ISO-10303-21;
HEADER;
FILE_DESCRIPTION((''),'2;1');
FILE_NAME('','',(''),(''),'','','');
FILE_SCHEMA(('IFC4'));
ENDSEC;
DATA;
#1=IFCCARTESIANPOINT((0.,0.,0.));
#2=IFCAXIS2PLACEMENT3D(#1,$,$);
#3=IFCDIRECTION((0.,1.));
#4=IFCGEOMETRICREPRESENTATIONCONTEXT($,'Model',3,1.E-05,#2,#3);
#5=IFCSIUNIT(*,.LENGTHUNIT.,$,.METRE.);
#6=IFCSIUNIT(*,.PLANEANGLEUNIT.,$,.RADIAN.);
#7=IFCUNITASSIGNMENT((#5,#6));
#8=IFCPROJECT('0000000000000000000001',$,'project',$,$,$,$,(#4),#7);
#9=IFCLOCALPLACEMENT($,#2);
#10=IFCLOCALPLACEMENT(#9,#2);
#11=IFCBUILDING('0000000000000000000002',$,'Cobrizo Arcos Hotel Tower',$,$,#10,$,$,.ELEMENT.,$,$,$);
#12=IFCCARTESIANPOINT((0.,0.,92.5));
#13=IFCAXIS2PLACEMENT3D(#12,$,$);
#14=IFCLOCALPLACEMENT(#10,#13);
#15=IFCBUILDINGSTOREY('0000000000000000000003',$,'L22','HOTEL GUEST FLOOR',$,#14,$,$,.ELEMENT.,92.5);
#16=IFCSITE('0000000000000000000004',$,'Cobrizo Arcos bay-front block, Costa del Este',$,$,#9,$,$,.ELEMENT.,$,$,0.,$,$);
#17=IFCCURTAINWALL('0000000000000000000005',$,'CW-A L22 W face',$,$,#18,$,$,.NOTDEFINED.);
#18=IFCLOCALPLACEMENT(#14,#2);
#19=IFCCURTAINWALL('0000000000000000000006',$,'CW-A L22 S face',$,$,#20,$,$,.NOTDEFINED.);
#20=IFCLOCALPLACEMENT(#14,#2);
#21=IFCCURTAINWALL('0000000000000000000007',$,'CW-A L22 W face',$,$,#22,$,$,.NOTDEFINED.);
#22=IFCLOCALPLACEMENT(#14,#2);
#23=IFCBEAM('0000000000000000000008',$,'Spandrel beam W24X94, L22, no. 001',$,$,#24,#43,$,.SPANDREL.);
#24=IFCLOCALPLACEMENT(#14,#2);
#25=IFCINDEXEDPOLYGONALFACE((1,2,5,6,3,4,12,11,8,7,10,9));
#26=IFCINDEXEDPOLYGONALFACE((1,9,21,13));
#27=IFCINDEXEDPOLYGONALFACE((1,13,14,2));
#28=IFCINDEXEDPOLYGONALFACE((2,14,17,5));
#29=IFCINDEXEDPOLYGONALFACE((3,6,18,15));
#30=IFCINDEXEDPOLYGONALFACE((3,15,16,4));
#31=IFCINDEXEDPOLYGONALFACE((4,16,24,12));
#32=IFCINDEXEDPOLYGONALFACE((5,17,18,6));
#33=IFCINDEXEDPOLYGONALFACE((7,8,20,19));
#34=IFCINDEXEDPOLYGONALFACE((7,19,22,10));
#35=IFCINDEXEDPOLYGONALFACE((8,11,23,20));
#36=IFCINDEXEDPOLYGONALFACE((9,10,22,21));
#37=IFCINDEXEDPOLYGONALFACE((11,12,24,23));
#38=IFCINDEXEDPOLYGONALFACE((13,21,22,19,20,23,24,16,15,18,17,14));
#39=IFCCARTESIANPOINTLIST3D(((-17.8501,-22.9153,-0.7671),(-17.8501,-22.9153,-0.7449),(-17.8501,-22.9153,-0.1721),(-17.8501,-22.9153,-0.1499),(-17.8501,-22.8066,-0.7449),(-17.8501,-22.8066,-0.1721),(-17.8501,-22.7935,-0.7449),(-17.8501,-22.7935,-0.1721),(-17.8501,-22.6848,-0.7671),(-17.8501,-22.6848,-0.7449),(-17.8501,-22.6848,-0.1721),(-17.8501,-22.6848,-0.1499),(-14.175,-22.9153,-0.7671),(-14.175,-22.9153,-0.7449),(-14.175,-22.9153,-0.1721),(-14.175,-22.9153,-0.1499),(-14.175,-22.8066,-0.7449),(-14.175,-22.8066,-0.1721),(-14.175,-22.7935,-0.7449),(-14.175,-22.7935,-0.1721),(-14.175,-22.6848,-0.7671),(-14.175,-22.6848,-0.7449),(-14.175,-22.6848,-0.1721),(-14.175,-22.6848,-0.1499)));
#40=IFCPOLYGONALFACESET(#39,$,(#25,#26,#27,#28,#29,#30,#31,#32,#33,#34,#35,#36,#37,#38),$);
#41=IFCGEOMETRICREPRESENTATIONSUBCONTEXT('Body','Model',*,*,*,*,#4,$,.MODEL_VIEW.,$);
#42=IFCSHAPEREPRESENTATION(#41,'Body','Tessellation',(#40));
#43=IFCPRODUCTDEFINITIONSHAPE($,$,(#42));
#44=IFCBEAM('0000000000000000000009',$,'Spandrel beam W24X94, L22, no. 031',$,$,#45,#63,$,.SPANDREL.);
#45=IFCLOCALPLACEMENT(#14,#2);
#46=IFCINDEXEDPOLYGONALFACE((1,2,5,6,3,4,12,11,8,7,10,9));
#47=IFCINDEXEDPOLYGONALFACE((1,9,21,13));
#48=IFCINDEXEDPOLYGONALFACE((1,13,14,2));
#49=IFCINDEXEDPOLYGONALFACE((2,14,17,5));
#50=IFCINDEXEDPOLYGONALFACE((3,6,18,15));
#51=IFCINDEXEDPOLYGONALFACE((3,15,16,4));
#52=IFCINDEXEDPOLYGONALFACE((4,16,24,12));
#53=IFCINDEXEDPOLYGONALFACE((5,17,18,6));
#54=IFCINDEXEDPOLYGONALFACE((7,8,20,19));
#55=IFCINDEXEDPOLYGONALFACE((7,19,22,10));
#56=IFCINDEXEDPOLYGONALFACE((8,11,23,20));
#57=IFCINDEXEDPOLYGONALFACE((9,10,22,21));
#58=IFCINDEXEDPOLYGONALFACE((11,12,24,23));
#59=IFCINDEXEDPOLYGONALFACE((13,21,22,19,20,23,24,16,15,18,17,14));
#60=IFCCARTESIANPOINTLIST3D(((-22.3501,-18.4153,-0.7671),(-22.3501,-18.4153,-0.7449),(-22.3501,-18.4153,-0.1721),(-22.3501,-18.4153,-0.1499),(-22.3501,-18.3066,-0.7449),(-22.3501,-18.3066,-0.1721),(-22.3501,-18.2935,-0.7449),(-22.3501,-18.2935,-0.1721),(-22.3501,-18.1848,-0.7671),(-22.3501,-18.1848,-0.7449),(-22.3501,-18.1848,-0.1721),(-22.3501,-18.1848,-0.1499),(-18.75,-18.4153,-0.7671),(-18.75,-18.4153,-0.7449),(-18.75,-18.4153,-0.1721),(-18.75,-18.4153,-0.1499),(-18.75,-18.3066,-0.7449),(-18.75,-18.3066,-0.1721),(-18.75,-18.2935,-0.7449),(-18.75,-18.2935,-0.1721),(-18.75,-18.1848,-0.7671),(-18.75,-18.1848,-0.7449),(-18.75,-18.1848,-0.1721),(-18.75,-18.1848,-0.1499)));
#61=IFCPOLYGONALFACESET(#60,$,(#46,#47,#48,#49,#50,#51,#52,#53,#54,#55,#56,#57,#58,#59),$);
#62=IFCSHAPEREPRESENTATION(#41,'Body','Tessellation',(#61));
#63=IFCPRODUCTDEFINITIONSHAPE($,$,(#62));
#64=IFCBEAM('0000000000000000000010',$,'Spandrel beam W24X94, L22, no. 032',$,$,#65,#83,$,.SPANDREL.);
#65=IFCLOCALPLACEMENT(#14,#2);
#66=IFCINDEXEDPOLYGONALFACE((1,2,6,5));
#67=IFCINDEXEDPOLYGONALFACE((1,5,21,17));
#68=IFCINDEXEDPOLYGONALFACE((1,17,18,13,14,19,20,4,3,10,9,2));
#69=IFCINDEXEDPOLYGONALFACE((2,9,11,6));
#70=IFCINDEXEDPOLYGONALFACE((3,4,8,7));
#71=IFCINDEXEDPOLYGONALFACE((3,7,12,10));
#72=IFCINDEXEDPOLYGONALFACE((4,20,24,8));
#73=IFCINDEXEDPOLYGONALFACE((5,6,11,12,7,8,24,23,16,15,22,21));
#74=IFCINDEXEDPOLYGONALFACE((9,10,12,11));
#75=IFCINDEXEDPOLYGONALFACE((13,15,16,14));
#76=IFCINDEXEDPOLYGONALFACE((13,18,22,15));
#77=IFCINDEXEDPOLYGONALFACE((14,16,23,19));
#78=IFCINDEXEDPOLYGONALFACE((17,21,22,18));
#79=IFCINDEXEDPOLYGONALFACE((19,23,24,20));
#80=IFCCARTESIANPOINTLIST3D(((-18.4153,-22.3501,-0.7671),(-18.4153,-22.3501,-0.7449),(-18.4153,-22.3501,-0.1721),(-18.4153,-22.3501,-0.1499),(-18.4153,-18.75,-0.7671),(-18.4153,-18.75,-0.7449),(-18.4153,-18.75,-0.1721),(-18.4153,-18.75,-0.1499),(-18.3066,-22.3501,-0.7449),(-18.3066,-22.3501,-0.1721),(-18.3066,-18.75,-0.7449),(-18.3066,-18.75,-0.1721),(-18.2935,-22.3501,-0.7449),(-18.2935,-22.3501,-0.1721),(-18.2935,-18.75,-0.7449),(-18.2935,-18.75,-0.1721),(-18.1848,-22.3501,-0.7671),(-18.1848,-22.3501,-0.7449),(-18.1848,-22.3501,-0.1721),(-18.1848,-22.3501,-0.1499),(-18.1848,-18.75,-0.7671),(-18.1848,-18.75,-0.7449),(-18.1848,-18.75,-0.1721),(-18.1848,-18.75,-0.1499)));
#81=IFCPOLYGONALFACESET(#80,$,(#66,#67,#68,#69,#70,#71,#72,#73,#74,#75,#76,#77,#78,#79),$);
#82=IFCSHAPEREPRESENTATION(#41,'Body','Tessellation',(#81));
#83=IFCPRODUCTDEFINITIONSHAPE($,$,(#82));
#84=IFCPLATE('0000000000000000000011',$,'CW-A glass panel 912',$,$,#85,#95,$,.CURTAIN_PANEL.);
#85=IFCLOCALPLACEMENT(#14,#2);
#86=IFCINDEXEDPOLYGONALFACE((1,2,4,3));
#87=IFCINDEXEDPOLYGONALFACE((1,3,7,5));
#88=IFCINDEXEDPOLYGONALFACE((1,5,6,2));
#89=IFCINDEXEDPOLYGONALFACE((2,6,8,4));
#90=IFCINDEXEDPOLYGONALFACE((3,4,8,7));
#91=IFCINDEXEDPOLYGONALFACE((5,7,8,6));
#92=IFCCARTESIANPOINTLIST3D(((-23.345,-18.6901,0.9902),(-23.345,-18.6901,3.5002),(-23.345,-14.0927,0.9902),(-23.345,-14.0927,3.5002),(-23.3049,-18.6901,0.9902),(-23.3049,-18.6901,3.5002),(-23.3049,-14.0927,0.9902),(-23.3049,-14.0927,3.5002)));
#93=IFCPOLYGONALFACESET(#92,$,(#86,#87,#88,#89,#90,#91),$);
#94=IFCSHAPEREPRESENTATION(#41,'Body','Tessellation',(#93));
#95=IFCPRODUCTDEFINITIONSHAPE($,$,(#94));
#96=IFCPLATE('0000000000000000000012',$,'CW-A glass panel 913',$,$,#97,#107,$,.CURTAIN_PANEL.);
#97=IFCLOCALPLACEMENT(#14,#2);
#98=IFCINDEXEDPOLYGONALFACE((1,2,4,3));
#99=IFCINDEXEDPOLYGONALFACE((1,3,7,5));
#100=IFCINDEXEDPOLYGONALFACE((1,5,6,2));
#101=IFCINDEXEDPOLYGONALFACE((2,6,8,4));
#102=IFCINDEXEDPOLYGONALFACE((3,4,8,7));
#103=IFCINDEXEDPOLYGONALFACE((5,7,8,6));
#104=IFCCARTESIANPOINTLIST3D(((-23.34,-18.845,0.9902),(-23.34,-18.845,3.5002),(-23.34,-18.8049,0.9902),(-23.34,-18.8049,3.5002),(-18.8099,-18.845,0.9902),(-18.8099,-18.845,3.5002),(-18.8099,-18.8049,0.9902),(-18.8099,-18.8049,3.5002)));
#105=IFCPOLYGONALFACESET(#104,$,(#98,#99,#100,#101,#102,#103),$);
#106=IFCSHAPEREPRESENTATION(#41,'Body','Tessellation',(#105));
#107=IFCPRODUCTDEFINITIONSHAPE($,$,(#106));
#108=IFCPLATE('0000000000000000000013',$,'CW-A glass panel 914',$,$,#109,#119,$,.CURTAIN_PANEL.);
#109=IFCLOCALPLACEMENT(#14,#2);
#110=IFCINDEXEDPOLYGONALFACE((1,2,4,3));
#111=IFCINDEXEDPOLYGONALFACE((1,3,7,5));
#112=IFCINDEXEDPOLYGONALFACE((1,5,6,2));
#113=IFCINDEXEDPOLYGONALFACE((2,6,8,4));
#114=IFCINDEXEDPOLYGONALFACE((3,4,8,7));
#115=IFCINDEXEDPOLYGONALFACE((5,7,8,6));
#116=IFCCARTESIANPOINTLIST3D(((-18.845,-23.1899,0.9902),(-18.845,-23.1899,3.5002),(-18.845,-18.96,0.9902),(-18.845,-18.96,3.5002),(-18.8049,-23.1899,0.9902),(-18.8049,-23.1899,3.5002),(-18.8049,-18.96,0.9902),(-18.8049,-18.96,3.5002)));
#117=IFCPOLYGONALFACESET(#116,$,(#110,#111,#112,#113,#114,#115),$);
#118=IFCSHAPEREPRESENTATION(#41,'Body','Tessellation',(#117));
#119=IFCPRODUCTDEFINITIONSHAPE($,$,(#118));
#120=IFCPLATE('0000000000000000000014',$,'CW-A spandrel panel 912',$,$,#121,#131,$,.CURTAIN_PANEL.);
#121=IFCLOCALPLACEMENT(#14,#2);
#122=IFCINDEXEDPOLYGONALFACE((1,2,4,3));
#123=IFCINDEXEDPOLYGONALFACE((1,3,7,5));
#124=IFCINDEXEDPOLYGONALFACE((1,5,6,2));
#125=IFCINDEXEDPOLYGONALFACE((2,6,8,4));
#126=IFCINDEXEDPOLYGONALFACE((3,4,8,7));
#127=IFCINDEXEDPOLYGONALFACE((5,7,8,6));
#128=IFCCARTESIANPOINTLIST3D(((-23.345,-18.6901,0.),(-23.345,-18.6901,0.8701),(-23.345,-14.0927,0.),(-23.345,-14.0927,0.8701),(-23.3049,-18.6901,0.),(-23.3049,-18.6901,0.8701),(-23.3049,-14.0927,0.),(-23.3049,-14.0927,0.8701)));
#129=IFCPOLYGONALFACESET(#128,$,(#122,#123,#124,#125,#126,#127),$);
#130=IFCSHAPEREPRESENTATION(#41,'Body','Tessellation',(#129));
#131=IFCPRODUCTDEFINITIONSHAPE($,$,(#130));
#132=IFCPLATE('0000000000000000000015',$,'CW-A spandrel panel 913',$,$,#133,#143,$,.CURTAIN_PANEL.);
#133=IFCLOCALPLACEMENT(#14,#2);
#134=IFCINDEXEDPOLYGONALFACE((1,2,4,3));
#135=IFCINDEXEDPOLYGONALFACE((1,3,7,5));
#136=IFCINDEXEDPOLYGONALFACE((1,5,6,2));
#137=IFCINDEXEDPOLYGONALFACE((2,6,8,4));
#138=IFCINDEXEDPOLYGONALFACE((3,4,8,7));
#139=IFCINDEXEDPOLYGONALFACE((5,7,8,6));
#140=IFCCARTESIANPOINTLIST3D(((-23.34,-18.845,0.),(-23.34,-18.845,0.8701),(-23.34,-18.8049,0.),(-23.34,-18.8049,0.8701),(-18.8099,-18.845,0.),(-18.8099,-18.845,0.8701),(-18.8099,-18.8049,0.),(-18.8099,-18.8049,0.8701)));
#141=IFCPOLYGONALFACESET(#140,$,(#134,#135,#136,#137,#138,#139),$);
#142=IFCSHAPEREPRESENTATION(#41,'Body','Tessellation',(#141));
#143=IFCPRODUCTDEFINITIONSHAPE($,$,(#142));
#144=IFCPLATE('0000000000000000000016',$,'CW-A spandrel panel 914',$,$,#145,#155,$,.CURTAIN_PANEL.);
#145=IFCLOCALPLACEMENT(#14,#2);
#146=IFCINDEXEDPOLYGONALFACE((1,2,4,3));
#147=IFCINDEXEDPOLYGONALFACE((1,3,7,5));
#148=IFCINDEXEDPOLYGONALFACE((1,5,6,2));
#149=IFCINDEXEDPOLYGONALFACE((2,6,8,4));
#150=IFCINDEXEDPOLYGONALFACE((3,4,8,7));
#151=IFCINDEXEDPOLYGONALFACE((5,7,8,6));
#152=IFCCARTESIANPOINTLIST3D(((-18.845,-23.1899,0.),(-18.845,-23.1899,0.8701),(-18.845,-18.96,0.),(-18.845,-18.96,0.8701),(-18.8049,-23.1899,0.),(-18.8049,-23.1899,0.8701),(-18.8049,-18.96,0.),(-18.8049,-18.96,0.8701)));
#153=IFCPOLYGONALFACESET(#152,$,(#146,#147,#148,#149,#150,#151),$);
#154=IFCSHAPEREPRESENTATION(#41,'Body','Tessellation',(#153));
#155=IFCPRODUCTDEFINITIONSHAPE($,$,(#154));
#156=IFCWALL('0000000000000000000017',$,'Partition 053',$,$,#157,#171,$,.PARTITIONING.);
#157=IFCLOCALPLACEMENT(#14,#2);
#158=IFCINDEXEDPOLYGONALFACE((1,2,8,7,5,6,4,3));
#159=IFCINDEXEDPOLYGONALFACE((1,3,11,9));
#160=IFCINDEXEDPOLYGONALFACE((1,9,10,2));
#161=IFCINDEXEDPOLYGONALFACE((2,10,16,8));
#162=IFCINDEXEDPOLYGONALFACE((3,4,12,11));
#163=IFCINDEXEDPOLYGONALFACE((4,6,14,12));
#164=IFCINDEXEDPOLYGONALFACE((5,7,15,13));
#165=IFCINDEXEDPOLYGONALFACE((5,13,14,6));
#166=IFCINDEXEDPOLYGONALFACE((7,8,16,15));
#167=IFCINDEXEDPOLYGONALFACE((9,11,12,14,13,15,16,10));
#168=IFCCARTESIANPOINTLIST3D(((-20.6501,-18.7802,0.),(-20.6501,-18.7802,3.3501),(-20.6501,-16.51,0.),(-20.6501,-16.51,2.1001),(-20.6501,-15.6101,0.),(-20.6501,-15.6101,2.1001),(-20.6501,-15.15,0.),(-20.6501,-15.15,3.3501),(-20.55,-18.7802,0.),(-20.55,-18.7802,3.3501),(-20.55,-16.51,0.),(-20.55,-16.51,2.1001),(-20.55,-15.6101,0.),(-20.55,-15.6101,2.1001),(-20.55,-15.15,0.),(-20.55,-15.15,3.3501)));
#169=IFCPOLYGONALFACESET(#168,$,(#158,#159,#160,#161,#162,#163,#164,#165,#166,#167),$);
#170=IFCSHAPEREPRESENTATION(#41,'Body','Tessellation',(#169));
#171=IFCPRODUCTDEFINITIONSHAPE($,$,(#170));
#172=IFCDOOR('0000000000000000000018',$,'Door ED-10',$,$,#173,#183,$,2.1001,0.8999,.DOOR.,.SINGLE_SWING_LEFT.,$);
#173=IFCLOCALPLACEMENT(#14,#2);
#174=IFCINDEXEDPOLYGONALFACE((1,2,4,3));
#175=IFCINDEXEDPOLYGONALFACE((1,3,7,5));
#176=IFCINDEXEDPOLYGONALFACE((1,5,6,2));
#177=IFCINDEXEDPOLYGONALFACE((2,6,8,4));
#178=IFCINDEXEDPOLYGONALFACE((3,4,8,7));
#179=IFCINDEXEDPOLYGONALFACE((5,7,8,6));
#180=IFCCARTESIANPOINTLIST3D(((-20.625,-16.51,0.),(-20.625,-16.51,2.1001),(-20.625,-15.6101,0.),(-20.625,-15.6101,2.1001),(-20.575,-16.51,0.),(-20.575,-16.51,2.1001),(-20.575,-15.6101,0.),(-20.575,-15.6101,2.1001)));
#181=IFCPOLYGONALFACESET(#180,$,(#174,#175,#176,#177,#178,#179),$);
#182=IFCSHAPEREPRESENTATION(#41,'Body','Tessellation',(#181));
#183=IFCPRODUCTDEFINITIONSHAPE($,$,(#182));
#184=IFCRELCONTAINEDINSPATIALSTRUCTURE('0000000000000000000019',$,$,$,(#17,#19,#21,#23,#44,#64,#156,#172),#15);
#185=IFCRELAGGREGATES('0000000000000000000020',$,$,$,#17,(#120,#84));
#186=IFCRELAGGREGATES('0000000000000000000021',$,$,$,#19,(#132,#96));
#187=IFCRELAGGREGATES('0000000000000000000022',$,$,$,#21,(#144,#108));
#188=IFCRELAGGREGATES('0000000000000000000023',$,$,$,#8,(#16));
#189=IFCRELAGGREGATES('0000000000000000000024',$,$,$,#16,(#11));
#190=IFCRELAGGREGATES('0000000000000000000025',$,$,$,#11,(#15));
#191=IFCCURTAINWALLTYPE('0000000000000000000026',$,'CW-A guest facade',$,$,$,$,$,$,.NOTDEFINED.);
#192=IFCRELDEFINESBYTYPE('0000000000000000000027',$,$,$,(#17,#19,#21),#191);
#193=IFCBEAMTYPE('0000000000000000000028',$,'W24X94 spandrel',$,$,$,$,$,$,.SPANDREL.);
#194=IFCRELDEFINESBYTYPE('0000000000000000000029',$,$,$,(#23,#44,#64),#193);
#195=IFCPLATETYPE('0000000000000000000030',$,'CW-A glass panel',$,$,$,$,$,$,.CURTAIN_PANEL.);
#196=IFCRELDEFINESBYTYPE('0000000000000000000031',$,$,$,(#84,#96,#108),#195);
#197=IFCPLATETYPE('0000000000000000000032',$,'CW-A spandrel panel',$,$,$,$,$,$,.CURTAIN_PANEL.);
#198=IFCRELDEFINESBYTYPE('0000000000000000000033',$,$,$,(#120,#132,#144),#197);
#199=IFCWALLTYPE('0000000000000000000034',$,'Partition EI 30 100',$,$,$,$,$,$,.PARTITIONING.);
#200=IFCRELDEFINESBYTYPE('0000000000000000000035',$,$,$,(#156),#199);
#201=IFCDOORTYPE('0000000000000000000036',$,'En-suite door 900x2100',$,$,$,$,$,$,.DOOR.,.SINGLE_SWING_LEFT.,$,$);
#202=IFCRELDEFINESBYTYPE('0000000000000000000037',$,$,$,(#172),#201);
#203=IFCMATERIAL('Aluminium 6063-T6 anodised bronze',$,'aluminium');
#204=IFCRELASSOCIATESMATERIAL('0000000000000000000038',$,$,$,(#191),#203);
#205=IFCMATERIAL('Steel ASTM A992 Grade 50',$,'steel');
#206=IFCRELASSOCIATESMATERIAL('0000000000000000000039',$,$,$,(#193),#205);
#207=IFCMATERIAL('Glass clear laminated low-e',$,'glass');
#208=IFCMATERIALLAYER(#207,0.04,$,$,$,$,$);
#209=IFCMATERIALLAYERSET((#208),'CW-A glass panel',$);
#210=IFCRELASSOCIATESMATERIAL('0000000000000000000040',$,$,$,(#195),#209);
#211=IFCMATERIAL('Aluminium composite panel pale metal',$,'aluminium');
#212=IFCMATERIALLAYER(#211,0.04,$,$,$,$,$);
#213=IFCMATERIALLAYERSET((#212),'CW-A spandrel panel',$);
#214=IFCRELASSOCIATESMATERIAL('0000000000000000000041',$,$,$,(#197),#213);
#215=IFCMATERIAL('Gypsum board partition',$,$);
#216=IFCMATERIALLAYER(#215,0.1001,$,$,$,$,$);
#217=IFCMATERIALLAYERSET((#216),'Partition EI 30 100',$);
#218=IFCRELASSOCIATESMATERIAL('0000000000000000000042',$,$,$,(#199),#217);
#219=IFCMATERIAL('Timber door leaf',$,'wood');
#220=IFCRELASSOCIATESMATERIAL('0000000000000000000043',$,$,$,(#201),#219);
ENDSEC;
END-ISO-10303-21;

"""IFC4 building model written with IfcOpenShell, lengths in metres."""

from ifc_helpers import new_model, si_unit, direction, frame, frame_2d, origin, origin_2d, place, context, subcontext, project, spatial, rectangle, i_section, extrude, material, layer, layer_set, material_profile, profile_set, type_object, element, fill, aggregate, save


model = new_model("IFC4")

# Units and contexts
model_context = context("Model", 3, precision=1e-05, world=origin(), true_north=direction((0.0, 1.0)))
body_context = subcontext(model_context, "Body", "Model", "MODEL_VIEW")
ifc_project = project(units=[si_unit("LENGTHUNIT", "METRE"), si_unit("PLANEANGLEUNIT", "RADIAN")], contexts=[model_context])

# Site, building, storey
site_placement = place(None, origin())
site = spatial("IfcSite", under=ifc_project, at=site_placement, Name="Cobrizo Arcos bay-front block, Costa del Este", CompositionType="ELEMENT", RefElevation=0.0)
building_placement = place(site_placement, origin())
building = spatial("IfcBuilding", under=site, at=building_placement, Name="Cobrizo Arcos Hotel Tower", CompositionType="ELEMENT")
storey_placement = place(building_placement, frame((0.0, 0.0, 92.5)))
storey = spatial("IfcBuildingStorey", under=building, at=storey_placement, Name="L22", Description="HOTEL GUEST FLOOR", CompositionType="ELEMENT", Elevation=92.5)

# Curtain wall
ifc_material_1 = material(Name="Aluminium 6063-T6 anodised bronze", Category="aluminium")
curtain_wall_type = type_object("IfcCurtainWallType", Name="CW-A guest facade", PredefinedType="NOTDEFINED", material=ifc_material_1)
curtain_wall_1_placement = place(storey_placement, origin())
curtain_wall_1 = element("IfcCurtainWall", 1, at=curtain_wall_1_placement, inside=storey, type_object=curtain_wall_type, Name="CW-A L22 W face", PredefinedType="NOTDEFINED")

# Curtain walls
curtain_wall_2_placement = place(storey_placement, origin())
curtain_wall_2 = element("IfcCurtainWall", 2, at=curtain_wall_2_placement, inside=storey, type_object=curtain_wall_type, Name="CW-A L22 S face", PredefinedType="NOTDEFINED")
curtain_wall_3_placement = place(storey_placement, origin())
curtain_wall_3 = element("IfcCurtainWall", 3, at=curtain_wall_3_placement, inside=storey, type_object=curtain_wall_type, Name="CW-A L22 W face", PredefinedType="NOTDEFINED")

# Beams
ifc_material_2 = material(Name="Steel ASTM A992 Grade 50", Category="steel")
ifc_material_profile_1 = material_profile(ifc_material_2, i_section(OverallWidth=0.2305, OverallDepth=0.6172, WebThickness=0.0132, FlangeThickness=0.0222, at=origin_2d()), Name="W24X94")
ifc_profile_set_1 = profile_set([ifc_material_profile_1], Name="Steel ASTM A992 Grade 50")
beam_type_1 = type_object("IfcBeamType", Name="W24X94 spandrel", PredefinedType="SPANDREL", material=ifc_profile_set_1)
beam_1_placement = place(storey_placement, frame((-17.8501, -22.8, -0.4585), z_axis=(1.0, 0.0, 0.0), x_axis=(0.0, 1.0, 0.0)))
element("IfcBeam", 4, at=beam_1_placement, inside=storey, type_object=beam_type_1, Name="Spandrel beam W24X94, L22, no. 001", PredefinedType="SPANDREL", context=body_context, shape_type="SweptSolid", body=[
    extrude(i_section(OverallWidth=0.2305, OverallDepth=0.6172, WebThickness=0.0132, FlangeThickness=0.0222, at=origin_2d()), origin(), (0.0, 0.0, 1.0), 3.675),
])
for number, where, z_axis, x_axis, name in (
    (5, (-22.3501, -18.3, -0.4585), (1.0, 0.0, 0.0), (0.0, 1.0, 0.0), "Spandrel beam W24X94, L22, no. 031"),
    (6, (-18.3, -18.75, -0.4585), (0.0, -1.0, 0.0), (1.0, 0.0, 0.0), "Spandrel beam W24X94, L22, no. 032"),
):
    element("IfcBeam", number, at=place(storey_placement, frame(where, z_axis=z_axis, x_axis=x_axis)), inside=storey, type_object=beam_type_1, Name=name, PredefinedType="SPANDREL", context=body_context, shape_type="SweptSolid", body=[
        extrude(i_section(OverallWidth=0.2305, OverallDepth=0.6172, WebThickness=0.0132, FlangeThickness=0.0222, at=origin_2d()), origin(), (0.0, 0.0, 1.0), 3.6001),
    ])

# Plates
ifc_material_3 = material(Name="Glass clear laminated low-e", Category="glass")
ifc_layer_1 = layer(ifc_material_3, 0.04)
ifc_layer_set_1 = layer_set([ifc_layer_1], Name="CW-A glass panel")
plate_type_1 = type_object("IfcPlateType", Name="CW-A glass panel", PredefinedType="CURTAIN_PANEL", material=ifc_layer_set_1)
plate_1_placement = place(storey_placement, frame((-23.325, -16.3914, 0.9902), z_axis=(0.0, 0.0, 1.0), x_axis=(0.0, -1.0, 0.0)))
plate_1 = element("IfcPlate", 7, at=plate_1_placement, type_object=plate_type_1, Name="CW-A glass panel 912", PredefinedType="CURTAIN_PANEL", context=body_context, shape_type="SweptSolid", body=[
    extrude(rectangle(XDim=4.5974, YDim=0.04, at=origin_2d()), origin(), (0.0, 0.0, 1.0), 2.51),
])
plate_2_placement = place(storey_placement, frame((-21.075, -18.825, 0.9902), z_axis=(0.0, 0.0, 1.0), x_axis=(1.0, 0.0, 0.0)))
plate_2 = element("IfcPlate", 8, at=plate_2_placement, type_object=plate_type_1, Name="CW-A glass panel 913", PredefinedType="CURTAIN_PANEL", context=body_context, shape_type="SweptSolid", body=[
    extrude(rectangle(XDim=4.53, YDim=0.04, at=origin_2d()), origin(), (0.0, 0.0, 1.0), 2.51),
])
plate_3_placement = place(storey_placement, frame((-18.825, -21.075, 0.9902), z_axis=(0.0, 0.0, 1.0), x_axis=(0.0, -1.0, 0.0)))
plate_3 = element("IfcPlate", 9, at=plate_3_placement, type_object=plate_type_1, Name="CW-A glass panel 914", PredefinedType="CURTAIN_PANEL", context=body_context, shape_type="SweptSolid", body=[
    extrude(rectangle(XDim=4.23, YDim=0.04, at=origin_2d()), origin(), (0.0, 0.0, 1.0), 2.51),
])
ifc_material_4 = material(Name="Aluminium composite panel pale metal", Category="aluminium")
ifc_layer_2 = layer(ifc_material_4, 0.04)
ifc_layer_set_2 = layer_set([ifc_layer_2], Name="CW-A spandrel panel")
plate_type_2 = type_object("IfcPlateType", Name="CW-A spandrel panel", PredefinedType="CURTAIN_PANEL", material=ifc_layer_set_2)
plate_4_placement = place(storey_placement, frame((-23.325, -16.3914, 0.0), z_axis=(0.0, 0.0, 1.0), x_axis=(0.0, -1.0, 0.0)))
plate_4 = element("IfcPlate", 10, at=plate_4_placement, type_object=plate_type_2, Name="CW-A spandrel panel 912", PredefinedType="CURTAIN_PANEL", context=body_context, shape_type="SweptSolid", body=[
    extrude(rectangle(XDim=4.5974, YDim=0.04, at=origin_2d()), origin(), (0.0, 0.0, 1.0), 0.8701),
])
aggregate(curtain_wall_1, [plate_4, plate_1])
plate_5_placement = place(storey_placement, frame((-21.075, -18.825, 0.0), z_axis=(0.0, 0.0, 1.0), x_axis=(1.0, 0.0, 0.0)))
plate_5 = element("IfcPlate", 11, at=plate_5_placement, type_object=plate_type_2, Name="CW-A spandrel panel 913", PredefinedType="CURTAIN_PANEL", context=body_context, shape_type="SweptSolid", body=[
    extrude(rectangle(XDim=4.53, YDim=0.04, at=origin_2d()), origin(), (0.0, 0.0, 1.0), 0.8701),
])
aggregate(curtain_wall_2, [plate_5, plate_2])
plate_6_placement = place(storey_placement, frame((-18.825, -21.075, 0.0), z_axis=(0.0, 0.0, 1.0), x_axis=(0.0, -1.0, 0.0)))
plate_6 = element("IfcPlate", 12, at=plate_6_placement, type_object=plate_type_2, Name="CW-A spandrel panel 914", PredefinedType="CURTAIN_PANEL", context=body_context, shape_type="SweptSolid", body=[
    extrude(rectangle(XDim=4.23, YDim=0.04, at=origin_2d()), origin(), (0.0, 0.0, 1.0), 0.8701),
])
aggregate(curtain_wall_3, [plate_6, plate_3])

# Wall, opening, door
ifc_material_5 = material(Name="Gypsum board partition")
ifc_layer_3 = layer(ifc_material_5, 0.1001)
ifc_layer_set_3 = layer_set([ifc_layer_3], Name="Partition EI 30 100")
wall_type = type_object("IfcWallType", Name="Partition EI 30 100", PredefinedType="PARTITIONING", material=ifc_layer_set_3)
wall_1_placement = place(storey_placement, frame((-20.6001, -18.78, 0.0), z_axis=(0.0, 0.0, 1.0), x_axis=(0.0, 1.0, 0.0)))
wall_1 = element("IfcWall", 13, at=wall_1_placement, inside=storey, type_object=wall_type, Name="Partition 053", PredefinedType="PARTITIONING", context=body_context, shape_type="SweptSolid", body=[
    extrude(rectangle(XDim=3.6301, YDim=0.1001, at=frame_2d((1.8149, 0.0))), origin(), (0.0, 0.0, 1.0), 3.3501),
])
opening_1_placement = place(wall_1_placement, frame((2.27, 0.0, 0.0)))
opening_1 = element("IfcOpeningElement", 14, at=opening_1_placement, cuts=wall_1, PredefinedType="OPENING", context=body_context, shape_type="SweptSolid", body=[
    extrude(rectangle(XDim=0.8999, YDim=2.1001, at=frame_2d((0.45, 1.05))), frame((0.0, 0.062, 0.0), z_axis=(0.0, -1.0, 0.0), x_axis=(1.0, 0.0, 0.0)), (0.0, 0.0, 1.0), 0.124),
])
ifc_material_6 = material(Name="Timber door leaf", Category="wood")
door_type_1 = type_object("IfcDoorType", Name="En-suite door 900x2100", OperationType="SINGLE_SWING_LEFT", PredefinedType="DOOR", material=ifc_material_6)
door_1_placement = place(opening_1_placement, origin())
door_1 = element("IfcDoor", 15, at=door_1_placement, inside=storey, type_object=door_type_1, Name="Door ED-10", OperationType="SINGLE_SWING_LEFT", OverallHeight=2.1001, OverallWidth=0.8999, PredefinedType="DOOR", context=body_context, shape_type="SweptSolid", body=[
    extrude(rectangle(XDim=0.8999, YDim=2.1001, at=frame_2d((0.45, 1.05))), frame((0.0, 0.0249, 0.0), z_axis=(0.0, -1.0, 0.0), x_axis=(1.0, 0.0, 0.0)), (0.0, 0.0, 1.0), 0.05),
])
fill(opening_1, door_1)

save(model, "model.ifc")
